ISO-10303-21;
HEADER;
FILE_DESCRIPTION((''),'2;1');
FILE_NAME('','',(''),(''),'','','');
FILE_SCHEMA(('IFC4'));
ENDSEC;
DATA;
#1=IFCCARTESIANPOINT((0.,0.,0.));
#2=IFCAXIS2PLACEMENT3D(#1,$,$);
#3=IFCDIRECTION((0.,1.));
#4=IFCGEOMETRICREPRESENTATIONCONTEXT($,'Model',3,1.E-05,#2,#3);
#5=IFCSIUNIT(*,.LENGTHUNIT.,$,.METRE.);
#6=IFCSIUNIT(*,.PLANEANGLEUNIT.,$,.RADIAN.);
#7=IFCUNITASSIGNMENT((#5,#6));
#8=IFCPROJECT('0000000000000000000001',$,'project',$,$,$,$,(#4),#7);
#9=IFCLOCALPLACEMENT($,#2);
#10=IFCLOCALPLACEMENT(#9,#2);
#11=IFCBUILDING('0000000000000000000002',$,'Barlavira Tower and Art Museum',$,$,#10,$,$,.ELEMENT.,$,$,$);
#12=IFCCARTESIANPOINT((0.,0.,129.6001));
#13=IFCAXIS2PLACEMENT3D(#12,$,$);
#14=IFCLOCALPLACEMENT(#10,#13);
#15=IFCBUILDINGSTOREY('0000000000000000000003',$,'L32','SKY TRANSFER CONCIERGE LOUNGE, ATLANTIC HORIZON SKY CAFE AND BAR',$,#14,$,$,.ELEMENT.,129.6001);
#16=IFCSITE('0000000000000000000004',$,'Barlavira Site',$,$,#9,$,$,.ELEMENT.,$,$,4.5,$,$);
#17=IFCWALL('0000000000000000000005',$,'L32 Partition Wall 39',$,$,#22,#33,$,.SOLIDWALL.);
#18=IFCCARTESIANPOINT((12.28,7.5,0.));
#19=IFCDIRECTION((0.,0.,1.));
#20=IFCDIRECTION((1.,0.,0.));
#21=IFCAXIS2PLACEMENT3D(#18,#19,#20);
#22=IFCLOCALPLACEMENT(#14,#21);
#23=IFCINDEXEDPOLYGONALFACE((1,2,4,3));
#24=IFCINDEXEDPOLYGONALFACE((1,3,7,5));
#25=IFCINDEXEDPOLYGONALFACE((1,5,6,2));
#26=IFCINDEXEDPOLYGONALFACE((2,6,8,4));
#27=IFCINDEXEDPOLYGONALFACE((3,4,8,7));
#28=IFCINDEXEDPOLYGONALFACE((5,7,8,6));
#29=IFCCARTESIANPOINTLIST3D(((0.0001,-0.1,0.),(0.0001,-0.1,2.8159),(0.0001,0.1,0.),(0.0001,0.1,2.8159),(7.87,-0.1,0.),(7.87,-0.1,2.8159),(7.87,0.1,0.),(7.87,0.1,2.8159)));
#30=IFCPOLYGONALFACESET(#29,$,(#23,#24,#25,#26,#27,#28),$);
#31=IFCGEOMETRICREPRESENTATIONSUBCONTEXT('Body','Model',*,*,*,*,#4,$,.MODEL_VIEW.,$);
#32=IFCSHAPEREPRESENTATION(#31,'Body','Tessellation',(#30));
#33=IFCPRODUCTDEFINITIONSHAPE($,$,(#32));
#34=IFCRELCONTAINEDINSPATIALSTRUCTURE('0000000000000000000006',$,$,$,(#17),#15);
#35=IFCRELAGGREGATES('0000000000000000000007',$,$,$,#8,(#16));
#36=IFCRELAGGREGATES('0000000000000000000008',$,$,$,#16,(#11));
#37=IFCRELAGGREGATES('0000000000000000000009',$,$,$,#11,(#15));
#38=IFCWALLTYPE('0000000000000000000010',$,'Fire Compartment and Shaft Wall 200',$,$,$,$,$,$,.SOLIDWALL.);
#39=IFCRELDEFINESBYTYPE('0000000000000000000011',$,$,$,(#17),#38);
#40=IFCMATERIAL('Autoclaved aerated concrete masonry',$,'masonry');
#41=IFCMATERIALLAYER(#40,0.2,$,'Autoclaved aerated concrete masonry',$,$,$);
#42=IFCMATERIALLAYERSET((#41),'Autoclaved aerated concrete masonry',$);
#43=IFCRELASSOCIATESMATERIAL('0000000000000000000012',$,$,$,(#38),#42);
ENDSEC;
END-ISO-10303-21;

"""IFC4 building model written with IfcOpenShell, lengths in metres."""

from ifc_helpers import new_model, si_unit, direction, frame, frame_2d, origin, place, context, subcontext, project, spatial, rectangle, extrude, material, layer, layer_set, type_object, element, save


model = new_model("IFC4")

# Units and contexts
model_context = context("Model", 3, precision=1e-05, world=origin(), true_north=direction((0.0, 1.0)))
body_context = subcontext(model_context, "Body", "Model", "MODEL_VIEW")
ifc_project = project(units=[si_unit("LENGTHUNIT", "METRE"), si_unit("PLANEANGLEUNIT", "RADIAN")], contexts=[model_context])

# Site, building, storey
site_placement = place(None, origin())
site = spatial("IfcSite", under=ifc_project, at=site_placement, Name="Barlavira Site", CompositionType="ELEMENT", RefElevation=4.5)
building_placement = place(site_placement, origin())
building = spatial("IfcBuilding", under=site, at=building_placement, Name="Barlavira Tower and Art Museum", CompositionType="ELEMENT")
storey_placement = place(building_placement, frame((0.0, 0.0, 129.6001)))
storey = spatial("IfcBuildingStorey", under=building, at=storey_placement, Name="L32", Description="SKY TRANSFER CONCIERGE LOUNGE, ATLANTIC HORIZON SKY CAFE AND BAR", CompositionType="ELEMENT", Elevation=129.6001)

# Shared definitions
ifc_material_1 = material(Name="Autoclaved aerated concrete masonry", Category="masonry")
ifc_layer_1 = layer(ifc_material_1, 0.2, Name="Autoclaved aerated concrete masonry")
ifc_layer_set_1 = layer_set([ifc_layer_1], Name="Autoclaved aerated concrete masonry")
wall_type_1 = type_object("IfcWallType", Name="Fire Compartment and Shaft Wall 200", PredefinedType="SOLIDWALL", material=ifc_layer_set_1)

# Wall
wall_1_placement = place(storey_placement, frame((12.28, 7.5, 0.0), z_axis=(0.0, 0.0, 1.0), x_axis=(1.0, 0.0, 0.0)))
element("IfcWall", 1, at=wall_1_placement, inside=storey, type_object=wall_type_1, Name="L32 Partition Wall 39", PredefinedType="SOLIDWALL", context=body_context, shape_type="SweptSolid", body=[
    extrude(rectangle(XDim=7.8699, YDim=0.2, at=frame_2d((3.9351, 0.0))), origin(), (0.0, 0.0, 1.0), 2.8159),
])

save(model, "model.ifc")
